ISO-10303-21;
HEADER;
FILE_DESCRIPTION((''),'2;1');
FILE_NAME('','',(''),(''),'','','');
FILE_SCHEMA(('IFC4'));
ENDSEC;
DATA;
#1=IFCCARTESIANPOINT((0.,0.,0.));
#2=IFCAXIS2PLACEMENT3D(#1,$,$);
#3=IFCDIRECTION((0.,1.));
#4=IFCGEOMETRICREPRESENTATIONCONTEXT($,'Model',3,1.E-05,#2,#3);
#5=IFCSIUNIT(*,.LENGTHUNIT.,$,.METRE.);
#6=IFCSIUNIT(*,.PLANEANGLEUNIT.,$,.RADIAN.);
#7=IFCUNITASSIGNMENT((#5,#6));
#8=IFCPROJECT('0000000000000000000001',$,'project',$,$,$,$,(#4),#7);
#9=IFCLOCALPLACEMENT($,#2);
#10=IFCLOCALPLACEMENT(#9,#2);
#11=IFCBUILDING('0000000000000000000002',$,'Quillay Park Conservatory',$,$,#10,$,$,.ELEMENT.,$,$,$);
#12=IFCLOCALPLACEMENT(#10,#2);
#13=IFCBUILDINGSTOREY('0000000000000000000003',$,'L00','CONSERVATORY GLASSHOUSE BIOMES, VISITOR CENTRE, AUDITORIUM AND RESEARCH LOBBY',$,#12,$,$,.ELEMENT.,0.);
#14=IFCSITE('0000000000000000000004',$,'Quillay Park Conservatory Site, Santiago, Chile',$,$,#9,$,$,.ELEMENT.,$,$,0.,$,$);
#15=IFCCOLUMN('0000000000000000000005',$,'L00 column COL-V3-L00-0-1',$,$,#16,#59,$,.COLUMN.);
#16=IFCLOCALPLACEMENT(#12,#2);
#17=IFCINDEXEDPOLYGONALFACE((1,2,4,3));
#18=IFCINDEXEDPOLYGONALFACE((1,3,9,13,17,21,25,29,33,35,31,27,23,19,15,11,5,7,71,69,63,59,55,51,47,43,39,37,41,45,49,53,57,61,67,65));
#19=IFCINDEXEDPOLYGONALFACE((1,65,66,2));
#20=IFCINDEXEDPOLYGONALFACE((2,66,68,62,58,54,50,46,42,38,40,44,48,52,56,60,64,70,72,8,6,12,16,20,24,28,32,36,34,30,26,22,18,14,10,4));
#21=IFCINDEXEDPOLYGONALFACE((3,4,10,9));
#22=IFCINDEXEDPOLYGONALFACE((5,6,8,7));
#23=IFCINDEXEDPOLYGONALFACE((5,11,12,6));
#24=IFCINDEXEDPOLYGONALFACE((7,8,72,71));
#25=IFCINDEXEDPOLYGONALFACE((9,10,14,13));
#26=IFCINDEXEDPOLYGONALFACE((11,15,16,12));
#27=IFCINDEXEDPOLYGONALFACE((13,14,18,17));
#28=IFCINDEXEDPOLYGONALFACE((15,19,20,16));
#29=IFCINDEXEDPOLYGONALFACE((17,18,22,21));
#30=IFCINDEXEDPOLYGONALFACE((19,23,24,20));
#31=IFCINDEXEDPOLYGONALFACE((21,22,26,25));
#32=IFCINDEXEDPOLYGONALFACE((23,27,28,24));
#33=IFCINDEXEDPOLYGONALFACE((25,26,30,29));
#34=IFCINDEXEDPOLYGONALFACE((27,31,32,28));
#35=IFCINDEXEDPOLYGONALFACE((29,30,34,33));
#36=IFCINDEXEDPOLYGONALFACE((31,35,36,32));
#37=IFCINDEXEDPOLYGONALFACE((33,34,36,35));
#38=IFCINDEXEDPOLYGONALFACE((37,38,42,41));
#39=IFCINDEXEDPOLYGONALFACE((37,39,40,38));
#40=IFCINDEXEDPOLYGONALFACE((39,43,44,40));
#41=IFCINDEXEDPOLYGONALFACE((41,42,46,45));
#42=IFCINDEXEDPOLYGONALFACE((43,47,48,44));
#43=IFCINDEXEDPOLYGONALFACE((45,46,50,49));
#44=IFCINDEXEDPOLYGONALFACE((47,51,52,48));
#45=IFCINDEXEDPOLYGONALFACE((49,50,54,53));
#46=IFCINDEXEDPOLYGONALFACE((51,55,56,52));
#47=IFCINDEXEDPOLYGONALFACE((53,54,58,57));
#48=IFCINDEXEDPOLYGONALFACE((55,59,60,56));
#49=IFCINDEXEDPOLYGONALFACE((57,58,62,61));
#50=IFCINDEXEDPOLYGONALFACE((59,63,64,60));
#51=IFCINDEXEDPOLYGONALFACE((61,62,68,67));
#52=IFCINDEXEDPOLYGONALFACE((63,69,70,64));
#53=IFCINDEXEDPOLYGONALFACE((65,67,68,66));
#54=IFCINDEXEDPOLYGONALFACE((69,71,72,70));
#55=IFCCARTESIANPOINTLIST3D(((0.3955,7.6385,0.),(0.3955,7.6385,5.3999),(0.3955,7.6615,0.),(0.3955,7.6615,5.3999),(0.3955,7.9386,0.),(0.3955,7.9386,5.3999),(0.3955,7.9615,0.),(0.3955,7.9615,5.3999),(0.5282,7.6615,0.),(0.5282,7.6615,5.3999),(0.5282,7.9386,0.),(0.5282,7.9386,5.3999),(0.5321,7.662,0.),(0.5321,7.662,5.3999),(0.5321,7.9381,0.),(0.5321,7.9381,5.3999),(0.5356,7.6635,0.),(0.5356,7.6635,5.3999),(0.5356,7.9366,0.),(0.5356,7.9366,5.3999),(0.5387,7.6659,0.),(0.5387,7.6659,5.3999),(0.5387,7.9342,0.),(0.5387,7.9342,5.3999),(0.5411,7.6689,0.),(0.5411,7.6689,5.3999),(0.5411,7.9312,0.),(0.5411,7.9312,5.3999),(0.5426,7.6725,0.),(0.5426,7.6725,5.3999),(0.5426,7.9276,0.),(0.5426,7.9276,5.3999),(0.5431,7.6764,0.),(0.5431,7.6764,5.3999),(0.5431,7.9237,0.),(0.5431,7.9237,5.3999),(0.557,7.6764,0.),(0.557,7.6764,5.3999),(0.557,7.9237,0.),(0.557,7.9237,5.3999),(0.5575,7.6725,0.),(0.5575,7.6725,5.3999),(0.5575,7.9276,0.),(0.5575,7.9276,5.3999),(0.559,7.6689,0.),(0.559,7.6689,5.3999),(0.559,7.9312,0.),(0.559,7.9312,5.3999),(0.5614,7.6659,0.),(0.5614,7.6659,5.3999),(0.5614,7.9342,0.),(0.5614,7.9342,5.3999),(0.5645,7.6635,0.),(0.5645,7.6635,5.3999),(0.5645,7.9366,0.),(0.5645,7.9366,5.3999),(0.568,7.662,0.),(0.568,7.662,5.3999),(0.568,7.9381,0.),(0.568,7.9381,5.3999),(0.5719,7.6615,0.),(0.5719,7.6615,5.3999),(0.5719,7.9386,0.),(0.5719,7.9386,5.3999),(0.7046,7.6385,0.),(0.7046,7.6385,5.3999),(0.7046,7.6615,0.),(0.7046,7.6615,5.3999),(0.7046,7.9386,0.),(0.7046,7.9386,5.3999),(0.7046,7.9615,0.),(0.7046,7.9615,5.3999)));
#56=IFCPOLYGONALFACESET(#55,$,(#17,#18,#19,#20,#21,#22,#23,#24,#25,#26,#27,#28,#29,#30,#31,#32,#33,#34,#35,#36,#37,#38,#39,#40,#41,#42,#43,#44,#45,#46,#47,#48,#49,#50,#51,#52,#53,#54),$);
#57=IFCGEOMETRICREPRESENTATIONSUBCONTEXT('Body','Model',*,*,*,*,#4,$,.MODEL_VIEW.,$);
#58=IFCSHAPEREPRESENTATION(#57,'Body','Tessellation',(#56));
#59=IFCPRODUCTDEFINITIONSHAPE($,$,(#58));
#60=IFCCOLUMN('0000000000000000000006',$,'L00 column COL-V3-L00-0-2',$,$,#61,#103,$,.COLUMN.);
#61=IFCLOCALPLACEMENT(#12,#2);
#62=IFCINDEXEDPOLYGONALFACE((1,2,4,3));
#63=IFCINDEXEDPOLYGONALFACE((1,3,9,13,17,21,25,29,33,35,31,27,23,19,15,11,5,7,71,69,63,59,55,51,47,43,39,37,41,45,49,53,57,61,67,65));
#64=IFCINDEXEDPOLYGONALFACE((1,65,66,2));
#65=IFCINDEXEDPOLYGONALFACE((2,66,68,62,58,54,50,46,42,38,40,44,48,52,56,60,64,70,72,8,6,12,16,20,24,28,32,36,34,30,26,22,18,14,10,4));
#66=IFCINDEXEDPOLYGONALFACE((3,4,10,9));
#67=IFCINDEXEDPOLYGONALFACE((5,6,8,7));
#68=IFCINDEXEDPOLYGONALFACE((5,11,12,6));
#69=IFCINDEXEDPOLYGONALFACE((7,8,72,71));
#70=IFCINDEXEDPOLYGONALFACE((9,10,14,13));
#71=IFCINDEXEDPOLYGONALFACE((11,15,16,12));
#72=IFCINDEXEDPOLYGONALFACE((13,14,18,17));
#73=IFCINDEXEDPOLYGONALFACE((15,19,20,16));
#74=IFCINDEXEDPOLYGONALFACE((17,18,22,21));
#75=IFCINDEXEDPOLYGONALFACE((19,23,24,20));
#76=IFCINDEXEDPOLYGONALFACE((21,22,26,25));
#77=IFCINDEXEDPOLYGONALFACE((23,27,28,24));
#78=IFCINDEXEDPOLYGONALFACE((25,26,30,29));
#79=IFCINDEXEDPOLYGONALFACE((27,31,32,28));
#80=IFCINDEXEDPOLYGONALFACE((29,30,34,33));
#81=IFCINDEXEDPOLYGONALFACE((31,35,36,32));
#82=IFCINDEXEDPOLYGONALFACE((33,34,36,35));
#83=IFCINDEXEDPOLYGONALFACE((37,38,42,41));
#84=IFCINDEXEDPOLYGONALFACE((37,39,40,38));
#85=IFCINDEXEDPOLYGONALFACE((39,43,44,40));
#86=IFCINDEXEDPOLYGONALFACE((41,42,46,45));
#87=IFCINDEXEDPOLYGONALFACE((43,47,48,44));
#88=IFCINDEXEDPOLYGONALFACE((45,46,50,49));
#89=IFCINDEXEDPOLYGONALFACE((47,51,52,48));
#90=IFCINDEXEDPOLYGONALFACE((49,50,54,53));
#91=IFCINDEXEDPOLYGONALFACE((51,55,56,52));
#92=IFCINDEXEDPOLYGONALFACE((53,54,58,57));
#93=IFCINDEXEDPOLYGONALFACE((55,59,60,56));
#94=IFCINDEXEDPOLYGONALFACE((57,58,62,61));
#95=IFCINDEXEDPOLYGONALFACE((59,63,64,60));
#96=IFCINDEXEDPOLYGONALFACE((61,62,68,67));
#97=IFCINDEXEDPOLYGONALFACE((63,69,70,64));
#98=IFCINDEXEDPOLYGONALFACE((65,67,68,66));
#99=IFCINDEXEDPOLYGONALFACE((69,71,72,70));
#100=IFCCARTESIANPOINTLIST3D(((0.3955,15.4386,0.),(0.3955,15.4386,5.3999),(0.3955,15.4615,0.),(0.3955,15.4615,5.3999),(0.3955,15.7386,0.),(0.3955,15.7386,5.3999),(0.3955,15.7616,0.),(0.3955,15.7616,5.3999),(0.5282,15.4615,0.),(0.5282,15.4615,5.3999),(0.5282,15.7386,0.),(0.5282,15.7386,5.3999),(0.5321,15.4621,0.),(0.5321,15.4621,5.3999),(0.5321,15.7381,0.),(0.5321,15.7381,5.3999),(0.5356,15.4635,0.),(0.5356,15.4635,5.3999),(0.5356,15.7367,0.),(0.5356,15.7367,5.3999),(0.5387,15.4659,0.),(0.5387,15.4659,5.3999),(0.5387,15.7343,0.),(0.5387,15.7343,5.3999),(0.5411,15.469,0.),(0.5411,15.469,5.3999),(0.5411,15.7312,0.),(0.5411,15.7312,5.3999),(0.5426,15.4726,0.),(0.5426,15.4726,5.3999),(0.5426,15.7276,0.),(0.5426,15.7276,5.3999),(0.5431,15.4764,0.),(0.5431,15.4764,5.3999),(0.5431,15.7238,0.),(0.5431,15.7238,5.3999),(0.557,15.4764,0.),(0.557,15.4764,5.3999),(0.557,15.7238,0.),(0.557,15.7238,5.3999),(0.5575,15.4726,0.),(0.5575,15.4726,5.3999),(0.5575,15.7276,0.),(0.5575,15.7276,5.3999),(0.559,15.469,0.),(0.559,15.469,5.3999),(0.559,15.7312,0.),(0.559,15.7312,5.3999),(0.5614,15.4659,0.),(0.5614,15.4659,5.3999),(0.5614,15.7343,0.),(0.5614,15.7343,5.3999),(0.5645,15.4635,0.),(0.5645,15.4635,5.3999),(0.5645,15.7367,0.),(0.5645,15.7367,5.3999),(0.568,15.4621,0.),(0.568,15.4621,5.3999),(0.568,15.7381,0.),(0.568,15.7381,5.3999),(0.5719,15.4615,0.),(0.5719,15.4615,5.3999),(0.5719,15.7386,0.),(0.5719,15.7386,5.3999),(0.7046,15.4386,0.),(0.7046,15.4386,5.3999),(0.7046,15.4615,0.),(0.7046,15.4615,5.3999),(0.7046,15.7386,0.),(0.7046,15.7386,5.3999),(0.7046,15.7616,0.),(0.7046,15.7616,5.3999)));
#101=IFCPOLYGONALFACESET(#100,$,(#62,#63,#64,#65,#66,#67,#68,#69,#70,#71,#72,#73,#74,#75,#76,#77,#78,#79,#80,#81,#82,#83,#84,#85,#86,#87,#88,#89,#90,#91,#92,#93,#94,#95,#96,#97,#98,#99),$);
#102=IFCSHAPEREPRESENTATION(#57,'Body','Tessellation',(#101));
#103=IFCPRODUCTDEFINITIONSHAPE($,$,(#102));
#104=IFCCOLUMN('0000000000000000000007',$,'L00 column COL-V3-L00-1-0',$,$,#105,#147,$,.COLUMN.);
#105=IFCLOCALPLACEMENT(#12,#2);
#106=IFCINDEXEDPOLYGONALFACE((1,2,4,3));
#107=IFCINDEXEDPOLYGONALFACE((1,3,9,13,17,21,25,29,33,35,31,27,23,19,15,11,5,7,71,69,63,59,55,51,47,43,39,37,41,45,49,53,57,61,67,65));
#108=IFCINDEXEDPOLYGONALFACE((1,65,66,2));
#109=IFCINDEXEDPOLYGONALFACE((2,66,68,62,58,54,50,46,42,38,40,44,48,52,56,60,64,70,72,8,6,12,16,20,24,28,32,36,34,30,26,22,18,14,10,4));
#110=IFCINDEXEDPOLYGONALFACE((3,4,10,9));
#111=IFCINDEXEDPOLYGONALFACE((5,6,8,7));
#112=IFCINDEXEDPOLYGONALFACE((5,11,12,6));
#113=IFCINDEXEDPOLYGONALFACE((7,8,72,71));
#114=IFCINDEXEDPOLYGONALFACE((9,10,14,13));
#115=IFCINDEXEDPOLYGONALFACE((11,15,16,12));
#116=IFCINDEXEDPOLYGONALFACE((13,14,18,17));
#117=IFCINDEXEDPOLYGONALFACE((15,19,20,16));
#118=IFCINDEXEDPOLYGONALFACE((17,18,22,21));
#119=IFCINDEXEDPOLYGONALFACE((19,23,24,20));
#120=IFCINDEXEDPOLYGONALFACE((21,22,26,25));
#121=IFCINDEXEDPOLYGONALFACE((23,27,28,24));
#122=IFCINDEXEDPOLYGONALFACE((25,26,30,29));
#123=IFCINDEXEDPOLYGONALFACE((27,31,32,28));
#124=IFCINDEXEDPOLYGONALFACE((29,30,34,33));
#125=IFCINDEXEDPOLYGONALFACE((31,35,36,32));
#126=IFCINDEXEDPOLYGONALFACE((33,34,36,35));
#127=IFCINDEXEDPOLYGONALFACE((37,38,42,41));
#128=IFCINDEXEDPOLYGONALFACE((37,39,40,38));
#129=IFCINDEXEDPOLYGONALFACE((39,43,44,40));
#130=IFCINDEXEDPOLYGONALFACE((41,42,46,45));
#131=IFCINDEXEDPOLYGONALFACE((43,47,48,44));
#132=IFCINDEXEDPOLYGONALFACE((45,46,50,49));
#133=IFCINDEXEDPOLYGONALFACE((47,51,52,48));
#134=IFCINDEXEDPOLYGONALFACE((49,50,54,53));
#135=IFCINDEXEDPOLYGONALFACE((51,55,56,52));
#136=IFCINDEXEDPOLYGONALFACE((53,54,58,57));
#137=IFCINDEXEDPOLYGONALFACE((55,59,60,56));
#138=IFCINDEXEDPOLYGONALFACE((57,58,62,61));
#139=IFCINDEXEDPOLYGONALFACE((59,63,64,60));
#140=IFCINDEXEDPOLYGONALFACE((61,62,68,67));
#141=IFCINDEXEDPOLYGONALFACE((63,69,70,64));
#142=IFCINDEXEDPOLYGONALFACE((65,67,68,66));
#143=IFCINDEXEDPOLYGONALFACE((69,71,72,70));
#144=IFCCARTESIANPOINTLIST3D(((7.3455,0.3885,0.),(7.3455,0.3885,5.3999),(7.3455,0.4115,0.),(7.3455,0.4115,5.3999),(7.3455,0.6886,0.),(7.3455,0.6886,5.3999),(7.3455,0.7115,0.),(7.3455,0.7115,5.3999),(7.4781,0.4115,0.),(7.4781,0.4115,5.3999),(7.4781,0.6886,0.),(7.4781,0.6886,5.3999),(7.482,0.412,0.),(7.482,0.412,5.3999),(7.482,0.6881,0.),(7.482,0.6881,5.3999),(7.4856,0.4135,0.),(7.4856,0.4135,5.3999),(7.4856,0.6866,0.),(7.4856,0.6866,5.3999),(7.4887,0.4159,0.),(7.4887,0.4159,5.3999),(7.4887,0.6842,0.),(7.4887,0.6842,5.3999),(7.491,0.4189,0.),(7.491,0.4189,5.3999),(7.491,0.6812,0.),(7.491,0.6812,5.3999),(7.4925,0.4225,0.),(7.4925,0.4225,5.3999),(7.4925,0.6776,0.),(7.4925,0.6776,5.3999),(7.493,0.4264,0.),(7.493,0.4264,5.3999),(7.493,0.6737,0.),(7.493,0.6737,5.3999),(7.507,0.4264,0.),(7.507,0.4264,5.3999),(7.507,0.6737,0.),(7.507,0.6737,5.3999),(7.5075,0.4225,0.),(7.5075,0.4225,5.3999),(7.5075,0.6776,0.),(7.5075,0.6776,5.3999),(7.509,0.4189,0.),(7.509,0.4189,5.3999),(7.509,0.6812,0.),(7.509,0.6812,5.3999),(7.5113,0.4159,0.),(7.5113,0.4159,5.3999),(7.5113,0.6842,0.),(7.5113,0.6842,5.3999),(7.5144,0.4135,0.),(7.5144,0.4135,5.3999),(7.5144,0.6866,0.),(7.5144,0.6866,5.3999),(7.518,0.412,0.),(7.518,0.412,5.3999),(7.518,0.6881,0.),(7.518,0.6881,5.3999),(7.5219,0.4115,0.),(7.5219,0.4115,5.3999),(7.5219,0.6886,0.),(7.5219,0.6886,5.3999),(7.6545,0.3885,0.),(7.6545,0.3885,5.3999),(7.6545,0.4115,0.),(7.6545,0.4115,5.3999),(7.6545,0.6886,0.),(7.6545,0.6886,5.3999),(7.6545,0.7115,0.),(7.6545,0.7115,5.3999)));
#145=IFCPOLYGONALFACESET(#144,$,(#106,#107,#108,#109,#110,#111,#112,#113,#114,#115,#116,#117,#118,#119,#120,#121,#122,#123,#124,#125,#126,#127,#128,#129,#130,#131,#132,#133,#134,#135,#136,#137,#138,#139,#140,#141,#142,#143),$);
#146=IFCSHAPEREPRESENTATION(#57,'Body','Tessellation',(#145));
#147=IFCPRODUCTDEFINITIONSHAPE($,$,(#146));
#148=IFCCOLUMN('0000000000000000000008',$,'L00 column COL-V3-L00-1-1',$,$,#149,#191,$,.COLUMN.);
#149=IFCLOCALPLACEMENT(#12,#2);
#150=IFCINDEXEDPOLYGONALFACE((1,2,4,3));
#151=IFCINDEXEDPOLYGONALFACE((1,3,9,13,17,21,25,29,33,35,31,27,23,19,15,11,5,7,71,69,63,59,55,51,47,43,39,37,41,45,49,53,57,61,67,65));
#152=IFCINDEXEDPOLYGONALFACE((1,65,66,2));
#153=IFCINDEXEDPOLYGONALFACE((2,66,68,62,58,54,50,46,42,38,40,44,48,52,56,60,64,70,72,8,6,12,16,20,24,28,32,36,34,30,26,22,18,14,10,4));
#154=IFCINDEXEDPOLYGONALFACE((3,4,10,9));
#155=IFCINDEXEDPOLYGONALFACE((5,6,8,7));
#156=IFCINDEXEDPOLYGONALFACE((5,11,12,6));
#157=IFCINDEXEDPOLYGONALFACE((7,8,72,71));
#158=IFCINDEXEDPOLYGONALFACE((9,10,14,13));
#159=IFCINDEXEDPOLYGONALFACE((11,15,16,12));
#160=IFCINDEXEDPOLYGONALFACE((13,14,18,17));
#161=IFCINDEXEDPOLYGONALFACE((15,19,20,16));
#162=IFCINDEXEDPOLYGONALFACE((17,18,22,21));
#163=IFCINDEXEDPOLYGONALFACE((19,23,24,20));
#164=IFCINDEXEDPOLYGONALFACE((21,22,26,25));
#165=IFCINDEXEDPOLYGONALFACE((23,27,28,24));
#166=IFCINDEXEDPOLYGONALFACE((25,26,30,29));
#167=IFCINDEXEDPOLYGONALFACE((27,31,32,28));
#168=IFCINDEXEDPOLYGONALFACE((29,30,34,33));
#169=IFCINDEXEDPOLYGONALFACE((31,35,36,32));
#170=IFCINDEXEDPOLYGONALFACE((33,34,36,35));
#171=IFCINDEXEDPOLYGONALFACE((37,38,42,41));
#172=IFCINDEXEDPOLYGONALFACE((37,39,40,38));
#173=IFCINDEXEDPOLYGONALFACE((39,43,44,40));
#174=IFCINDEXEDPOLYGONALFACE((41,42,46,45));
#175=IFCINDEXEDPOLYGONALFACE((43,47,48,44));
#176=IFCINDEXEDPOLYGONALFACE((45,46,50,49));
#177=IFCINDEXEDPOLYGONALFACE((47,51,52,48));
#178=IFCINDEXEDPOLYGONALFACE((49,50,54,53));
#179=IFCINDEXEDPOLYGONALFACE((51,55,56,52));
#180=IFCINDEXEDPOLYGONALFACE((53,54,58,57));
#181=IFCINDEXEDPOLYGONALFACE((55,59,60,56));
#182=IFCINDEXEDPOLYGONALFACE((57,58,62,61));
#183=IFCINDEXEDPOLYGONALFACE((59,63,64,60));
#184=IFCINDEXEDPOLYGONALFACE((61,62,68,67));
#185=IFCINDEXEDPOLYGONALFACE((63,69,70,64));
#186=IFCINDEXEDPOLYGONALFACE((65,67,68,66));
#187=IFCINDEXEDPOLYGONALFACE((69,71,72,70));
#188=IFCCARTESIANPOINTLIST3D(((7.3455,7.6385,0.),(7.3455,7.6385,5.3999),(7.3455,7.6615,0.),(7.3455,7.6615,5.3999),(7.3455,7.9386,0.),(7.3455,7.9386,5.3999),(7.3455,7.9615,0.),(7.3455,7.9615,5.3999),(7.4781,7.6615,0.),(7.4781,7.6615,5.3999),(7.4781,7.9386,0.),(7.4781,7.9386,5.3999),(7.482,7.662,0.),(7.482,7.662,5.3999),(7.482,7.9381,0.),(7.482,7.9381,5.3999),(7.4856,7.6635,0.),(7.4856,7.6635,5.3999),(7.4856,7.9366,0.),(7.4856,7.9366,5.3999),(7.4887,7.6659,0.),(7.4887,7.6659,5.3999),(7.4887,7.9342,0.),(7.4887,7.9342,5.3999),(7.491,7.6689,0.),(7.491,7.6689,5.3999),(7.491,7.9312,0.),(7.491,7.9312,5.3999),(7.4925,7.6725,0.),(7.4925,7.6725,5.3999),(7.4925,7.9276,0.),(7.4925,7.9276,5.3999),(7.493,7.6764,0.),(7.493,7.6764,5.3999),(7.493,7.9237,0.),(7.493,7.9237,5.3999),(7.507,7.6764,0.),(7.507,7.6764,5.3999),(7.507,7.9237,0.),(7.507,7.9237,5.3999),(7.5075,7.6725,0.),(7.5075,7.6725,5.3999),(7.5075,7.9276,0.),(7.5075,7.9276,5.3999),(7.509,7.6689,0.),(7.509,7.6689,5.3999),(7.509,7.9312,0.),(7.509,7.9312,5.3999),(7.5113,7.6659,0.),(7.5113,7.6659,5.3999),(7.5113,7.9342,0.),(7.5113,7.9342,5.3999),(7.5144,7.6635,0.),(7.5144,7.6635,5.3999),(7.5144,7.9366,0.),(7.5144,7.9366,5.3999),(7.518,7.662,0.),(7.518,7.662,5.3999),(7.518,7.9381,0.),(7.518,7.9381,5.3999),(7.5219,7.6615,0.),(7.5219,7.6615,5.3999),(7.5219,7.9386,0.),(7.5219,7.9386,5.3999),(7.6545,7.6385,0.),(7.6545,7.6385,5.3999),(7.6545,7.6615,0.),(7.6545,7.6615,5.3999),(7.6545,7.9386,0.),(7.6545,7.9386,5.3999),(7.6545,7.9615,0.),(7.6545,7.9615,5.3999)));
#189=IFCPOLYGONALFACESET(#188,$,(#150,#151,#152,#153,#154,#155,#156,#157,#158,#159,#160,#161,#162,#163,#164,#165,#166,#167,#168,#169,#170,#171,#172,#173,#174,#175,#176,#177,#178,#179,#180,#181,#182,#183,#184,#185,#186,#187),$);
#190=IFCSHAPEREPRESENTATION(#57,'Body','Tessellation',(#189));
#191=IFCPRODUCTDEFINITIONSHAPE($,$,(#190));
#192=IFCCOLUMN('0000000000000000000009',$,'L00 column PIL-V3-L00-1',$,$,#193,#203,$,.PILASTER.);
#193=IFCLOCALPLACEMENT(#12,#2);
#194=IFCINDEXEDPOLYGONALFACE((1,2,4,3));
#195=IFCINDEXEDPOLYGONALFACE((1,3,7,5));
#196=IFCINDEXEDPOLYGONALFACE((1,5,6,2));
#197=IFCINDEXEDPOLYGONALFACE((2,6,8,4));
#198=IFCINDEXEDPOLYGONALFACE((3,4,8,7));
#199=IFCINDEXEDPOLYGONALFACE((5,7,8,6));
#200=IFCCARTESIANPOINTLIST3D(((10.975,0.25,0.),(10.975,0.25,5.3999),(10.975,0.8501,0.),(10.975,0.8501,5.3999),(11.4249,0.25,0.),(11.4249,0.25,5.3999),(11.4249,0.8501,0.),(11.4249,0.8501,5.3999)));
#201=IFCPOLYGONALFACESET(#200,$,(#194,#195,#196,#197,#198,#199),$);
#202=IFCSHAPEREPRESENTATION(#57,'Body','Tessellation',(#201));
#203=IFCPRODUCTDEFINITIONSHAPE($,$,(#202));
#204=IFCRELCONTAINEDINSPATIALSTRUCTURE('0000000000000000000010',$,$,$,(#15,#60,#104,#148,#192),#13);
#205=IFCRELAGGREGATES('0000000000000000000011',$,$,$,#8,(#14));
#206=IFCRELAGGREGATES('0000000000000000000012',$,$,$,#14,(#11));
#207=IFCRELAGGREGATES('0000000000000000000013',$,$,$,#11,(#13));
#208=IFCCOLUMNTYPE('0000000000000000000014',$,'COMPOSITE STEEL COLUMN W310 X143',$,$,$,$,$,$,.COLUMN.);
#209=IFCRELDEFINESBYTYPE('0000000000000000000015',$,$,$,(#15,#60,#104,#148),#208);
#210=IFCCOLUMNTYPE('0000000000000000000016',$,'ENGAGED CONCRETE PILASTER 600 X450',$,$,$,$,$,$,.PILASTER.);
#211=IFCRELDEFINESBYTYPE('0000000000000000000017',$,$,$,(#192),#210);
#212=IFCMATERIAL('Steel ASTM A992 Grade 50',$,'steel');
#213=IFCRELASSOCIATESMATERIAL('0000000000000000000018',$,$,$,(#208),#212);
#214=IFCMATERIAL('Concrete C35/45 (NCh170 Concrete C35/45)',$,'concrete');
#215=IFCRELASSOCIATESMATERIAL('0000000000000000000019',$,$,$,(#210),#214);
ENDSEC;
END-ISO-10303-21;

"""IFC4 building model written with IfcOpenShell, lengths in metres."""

from ifc_helpers import new_model, si_unit, direction, frame, origin, origin_2d, place, context, subcontext, project, spatial, rectangle, i_section, extrude, material, material_profile, profile_set, type_object, element, save


model = new_model("IFC4")

# Units and contexts
model_context = context("Model", 3, precision=1e-05, world=origin(), true_north=direction((0.0, 1.0)))
body_context = subcontext(model_context, "Body", "Model", "MODEL_VIEW")
ifc_project = project(units=[si_unit("LENGTHUNIT", "METRE"), si_unit("PLANEANGLEUNIT", "RADIAN")], contexts=[model_context])

# Site, building, storey
site_placement = place(None, origin())
site = spatial("IfcSite", under=ifc_project, at=site_placement, Name="Quillay Park Conservatory Site, Santiago, Chile", CompositionType="ELEMENT", RefElevation=0.0)
building_placement = place(site_placement, origin())
building = spatial("IfcBuilding", under=site, at=building_placement, Name="Quillay Park Conservatory", CompositionType="ELEMENT")
storey_placement = place(building_placement, origin())
storey = spatial("IfcBuildingStorey", under=building, at=storey_placement, Name="L00", Description="CONSERVATORY GLASSHOUSE BIOMES, VISITOR CENTRE, AUDITORIUM AND RESEARCH LOBBY", CompositionType="ELEMENT", Elevation=0.0)

# Columns
ifc_material_1 = material(Name="Steel ASTM A992 Grade 50", Category="steel")
ifc_material_profile_1 = material_profile(ifc_material_1, i_section(OverallWidth=0.3091, OverallDepth=0.323, WebThickness=0.0139, FlangeThickness=0.0229, FilletRadius=0.0149, at=origin_2d()), Name="W310x143")
ifc_profile_set_1 = profile_set([ifc_material_profile_1], Name="Steel ASTM A992 Grade 50")
column_type_1 = type_object("IfcColumnType", Name="COMPOSITE STEEL COLUMN W310 X143", PredefinedType="COLUMN", material=ifc_profile_set_1)
for number, where, z_axis, x_axis, name in (
    (1, (0.55, 7.8, 0.0), (0.0, 0.0, 1.0), (1.0, 0.0, 0.0), "L00 column COL-V3-L00-0-1"),
    (2, (0.55, 15.6001, 0.0), (0.0, 0.0, 1.0), (1.0, 0.0, 0.0), "L00 column COL-V3-L00-0-2"),
    (3, (7.5, 0.55, 0.0), (0.0, 0.0, 1.0), (1.0, 0.0, 0.0), "L00 column COL-V3-L00-1-0"),
    (4, (7.5, 7.8, 0.0), (0.0, 0.0, 1.0), (1.0, 0.0, 0.0), "L00 column COL-V3-L00-1-1"),
):
    element("IfcColumn", number, at=place(storey_placement, frame(where, z_axis=z_axis, x_axis=x_axis)), inside=storey, type_object=column_type_1, Name=name, PredefinedType="COLUMN", context=body_context, shape_type="SweptSolid", body=[
        extrude(i_section(OverallWidth=0.3091, OverallDepth=0.323, WebThickness=0.0139, FlangeThickness=0.0229, FilletRadius=0.0149, at=origin_2d()), origin(), (0.0, 0.0, 1.0), 5.3999),
    ])
ifc_material_2 = material(Name="Concrete C35/45 (NCh170 Concrete C35/45)", Category="concrete")
ifc_material_profile_2 = material_profile(ifc_material_2, rectangle(XDim=0.45, YDim=0.6001, at=origin_2d()), Name="RC600x450")
ifc_profile_set_2 = profile_set([ifc_material_profile_2], Name="Concrete C35/45 (NCh170 Concrete C35/45)")
column_type_2 = type_object("IfcColumnType", Name="ENGAGED CONCRETE PILASTER 600 X450", PredefinedType="PILASTER", material=ifc_profile_set_2)
column_placement = place(storey_placement, frame((11.2, 0.55, 0.0), z_axis=(0.0, 0.0, 1.0), x_axis=(1.0, 0.0, 0.0)))
element("IfcColumn", 5, at=column_placement, inside=storey, type_object=column_type_2, Name="L00 column PIL-V3-L00-1", PredefinedType="PILASTER", context=body_context, shape_type="SweptSolid", body=[
    extrude(rectangle(XDim=0.45, YDim=0.6001, at=origin_2d()), origin(), (0.0, 0.0, 1.0), 5.3999),
])

save(model, "model.ifc")
